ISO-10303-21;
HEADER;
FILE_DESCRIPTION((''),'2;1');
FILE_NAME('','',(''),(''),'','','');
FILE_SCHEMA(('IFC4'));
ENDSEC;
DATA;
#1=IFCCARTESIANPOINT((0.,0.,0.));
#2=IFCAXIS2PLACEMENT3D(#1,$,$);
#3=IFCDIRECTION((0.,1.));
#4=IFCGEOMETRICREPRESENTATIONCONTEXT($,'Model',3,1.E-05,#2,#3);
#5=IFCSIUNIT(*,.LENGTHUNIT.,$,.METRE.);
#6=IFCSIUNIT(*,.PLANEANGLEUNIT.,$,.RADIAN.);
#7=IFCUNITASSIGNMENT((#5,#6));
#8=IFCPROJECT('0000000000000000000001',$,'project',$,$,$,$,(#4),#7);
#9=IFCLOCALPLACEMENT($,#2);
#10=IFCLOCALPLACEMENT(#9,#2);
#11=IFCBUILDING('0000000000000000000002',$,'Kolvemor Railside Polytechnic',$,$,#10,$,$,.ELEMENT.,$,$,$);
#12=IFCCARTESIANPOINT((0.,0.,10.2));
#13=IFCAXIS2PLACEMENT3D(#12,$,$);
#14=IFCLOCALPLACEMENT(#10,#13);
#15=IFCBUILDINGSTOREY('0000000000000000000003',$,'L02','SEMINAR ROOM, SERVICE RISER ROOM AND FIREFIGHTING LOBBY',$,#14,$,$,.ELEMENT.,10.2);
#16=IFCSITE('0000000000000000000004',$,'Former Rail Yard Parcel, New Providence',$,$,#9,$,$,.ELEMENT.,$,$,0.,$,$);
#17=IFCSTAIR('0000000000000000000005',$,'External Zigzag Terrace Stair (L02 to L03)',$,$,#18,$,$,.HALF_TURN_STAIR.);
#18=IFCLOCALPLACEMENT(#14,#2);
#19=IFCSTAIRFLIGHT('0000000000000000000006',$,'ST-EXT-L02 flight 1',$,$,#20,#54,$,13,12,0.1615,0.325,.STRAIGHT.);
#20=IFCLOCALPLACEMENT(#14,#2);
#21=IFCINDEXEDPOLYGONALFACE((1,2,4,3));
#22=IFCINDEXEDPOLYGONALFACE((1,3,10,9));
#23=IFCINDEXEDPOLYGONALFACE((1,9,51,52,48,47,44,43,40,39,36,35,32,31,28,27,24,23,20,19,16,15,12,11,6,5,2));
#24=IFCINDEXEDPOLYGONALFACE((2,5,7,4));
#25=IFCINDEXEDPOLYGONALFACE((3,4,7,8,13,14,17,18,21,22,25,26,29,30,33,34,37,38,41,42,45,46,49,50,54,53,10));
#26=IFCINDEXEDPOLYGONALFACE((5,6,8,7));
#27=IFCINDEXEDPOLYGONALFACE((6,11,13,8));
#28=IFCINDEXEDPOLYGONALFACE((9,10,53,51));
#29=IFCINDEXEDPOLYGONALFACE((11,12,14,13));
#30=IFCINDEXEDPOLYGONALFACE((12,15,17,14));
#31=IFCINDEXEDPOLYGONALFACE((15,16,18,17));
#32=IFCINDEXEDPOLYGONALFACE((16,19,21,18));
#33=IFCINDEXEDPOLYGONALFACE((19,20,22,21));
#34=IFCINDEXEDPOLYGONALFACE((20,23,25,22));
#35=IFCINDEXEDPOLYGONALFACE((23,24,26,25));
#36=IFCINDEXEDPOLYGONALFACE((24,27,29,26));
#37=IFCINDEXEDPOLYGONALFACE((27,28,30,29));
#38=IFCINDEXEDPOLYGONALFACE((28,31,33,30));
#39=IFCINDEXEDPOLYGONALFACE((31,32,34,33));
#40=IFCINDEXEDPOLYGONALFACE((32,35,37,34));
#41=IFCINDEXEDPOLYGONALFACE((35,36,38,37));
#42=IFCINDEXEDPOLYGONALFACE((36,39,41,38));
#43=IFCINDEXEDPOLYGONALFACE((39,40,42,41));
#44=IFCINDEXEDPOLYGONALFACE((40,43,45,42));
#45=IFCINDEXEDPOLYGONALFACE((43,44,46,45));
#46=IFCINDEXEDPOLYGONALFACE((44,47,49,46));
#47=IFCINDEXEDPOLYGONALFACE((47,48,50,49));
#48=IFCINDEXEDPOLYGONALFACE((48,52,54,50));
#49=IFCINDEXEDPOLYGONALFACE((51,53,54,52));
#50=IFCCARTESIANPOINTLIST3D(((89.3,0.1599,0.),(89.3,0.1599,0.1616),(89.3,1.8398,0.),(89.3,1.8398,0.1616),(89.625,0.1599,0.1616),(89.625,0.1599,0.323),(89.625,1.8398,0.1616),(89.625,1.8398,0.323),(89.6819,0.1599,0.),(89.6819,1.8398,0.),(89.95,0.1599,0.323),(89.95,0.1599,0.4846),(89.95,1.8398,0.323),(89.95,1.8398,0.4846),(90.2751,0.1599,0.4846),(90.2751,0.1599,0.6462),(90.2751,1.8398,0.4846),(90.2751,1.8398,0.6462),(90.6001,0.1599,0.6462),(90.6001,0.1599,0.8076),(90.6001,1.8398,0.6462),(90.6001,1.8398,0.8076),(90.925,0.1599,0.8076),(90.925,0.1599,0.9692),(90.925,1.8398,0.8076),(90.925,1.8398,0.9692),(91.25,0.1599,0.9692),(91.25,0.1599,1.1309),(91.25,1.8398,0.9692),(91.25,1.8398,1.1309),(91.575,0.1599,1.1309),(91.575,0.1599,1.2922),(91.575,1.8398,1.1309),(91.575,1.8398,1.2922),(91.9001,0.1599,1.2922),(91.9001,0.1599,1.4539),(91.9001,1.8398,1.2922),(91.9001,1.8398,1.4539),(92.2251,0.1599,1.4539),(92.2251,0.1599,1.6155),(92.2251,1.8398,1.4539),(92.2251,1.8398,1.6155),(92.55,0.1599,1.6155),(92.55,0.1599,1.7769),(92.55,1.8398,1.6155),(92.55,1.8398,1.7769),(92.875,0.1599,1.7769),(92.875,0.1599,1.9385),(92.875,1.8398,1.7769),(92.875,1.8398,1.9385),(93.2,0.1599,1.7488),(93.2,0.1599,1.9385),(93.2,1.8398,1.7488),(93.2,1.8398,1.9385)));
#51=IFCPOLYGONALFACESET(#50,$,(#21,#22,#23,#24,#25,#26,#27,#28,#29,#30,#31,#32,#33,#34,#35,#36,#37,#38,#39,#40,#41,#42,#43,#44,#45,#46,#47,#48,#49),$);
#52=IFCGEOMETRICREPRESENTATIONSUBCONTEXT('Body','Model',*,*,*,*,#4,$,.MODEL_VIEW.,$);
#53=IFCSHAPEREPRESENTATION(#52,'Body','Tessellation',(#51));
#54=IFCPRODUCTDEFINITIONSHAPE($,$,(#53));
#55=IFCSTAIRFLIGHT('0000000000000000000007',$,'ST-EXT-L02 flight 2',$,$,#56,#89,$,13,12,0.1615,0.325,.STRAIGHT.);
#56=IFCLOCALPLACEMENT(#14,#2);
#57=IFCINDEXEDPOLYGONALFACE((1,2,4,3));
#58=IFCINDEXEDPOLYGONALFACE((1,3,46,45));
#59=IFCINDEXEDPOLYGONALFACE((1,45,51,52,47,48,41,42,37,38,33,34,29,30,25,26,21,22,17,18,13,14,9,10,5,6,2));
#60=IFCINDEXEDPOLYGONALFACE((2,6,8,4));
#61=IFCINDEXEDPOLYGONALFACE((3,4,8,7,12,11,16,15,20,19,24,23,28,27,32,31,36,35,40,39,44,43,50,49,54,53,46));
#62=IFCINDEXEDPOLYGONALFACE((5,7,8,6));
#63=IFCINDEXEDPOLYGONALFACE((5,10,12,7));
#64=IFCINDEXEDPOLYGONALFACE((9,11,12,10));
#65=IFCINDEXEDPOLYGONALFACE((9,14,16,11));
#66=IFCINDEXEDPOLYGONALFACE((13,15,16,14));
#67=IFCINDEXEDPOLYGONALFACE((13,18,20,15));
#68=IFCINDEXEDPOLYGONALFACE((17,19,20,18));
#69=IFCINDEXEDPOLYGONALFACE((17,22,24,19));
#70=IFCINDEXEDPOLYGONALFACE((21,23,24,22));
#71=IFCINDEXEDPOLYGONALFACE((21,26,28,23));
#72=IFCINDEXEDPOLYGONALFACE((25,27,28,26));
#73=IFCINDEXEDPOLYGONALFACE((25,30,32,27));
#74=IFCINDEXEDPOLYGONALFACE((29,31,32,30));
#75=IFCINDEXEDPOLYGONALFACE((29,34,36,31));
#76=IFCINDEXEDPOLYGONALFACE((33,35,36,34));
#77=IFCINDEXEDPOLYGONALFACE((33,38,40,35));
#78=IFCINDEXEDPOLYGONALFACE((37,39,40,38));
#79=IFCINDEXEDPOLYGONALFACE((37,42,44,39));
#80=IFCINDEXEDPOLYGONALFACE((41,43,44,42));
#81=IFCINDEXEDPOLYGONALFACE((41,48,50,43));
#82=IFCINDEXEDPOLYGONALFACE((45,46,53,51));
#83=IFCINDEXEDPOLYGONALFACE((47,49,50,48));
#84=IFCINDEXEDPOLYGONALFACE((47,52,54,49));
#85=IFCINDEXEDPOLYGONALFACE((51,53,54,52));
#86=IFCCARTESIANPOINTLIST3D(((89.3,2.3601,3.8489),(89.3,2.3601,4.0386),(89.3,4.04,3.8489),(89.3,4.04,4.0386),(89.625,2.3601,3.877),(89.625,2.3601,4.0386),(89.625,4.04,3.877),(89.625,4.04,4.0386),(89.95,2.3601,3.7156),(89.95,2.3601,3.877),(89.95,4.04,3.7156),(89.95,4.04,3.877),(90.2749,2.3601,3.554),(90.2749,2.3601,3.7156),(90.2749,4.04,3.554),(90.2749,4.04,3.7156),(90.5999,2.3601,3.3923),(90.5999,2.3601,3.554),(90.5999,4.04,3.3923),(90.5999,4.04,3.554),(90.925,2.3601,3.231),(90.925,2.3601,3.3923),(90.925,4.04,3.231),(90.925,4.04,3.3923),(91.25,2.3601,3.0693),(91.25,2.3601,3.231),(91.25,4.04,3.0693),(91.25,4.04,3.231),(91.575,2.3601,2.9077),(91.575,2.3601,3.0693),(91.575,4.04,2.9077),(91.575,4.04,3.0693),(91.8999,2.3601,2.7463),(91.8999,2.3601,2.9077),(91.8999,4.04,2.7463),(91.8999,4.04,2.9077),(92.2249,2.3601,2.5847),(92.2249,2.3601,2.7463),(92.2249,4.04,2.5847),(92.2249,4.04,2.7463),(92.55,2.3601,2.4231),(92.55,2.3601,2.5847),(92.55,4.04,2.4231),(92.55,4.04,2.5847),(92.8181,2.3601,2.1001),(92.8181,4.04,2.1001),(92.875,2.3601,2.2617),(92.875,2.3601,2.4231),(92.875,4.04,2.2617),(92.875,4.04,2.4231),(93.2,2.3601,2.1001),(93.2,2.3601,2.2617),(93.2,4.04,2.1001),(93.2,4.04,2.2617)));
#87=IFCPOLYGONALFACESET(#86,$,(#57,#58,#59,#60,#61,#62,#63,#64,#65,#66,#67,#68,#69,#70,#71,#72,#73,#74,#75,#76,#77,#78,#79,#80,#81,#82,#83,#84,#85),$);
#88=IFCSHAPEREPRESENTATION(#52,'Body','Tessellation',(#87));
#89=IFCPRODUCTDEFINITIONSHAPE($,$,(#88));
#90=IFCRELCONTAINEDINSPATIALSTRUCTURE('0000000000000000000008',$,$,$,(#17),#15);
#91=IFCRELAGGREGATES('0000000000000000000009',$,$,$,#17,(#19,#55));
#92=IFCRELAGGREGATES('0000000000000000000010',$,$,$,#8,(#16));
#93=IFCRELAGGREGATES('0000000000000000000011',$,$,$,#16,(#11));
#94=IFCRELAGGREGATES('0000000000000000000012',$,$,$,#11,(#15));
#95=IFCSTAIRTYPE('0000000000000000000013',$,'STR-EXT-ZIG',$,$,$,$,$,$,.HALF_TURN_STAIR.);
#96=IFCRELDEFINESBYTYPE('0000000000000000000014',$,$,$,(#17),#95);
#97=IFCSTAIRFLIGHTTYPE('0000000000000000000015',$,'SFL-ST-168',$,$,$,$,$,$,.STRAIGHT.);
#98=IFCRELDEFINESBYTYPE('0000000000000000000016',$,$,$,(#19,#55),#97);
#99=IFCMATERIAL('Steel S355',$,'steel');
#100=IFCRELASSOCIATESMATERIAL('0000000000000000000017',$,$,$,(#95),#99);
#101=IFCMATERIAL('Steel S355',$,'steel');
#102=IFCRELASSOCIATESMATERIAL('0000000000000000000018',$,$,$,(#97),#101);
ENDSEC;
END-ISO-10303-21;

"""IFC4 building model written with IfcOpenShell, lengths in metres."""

from ifc_helpers import new_model, si_unit, direction, frame, origin, place, context, subcontext, project, spatial, polyline, outline, extrude, material, type_object, element, aggregate, save


model = new_model("IFC4")

# Units and contexts
model_context = context("Model", 3, precision=1e-05, world=origin(), true_north=direction((0.0, 1.0)))
body_context = subcontext(model_context, "Body", "Model", "MODEL_VIEW")
ifc_project = project(units=[si_unit("LENGTHUNIT", "METRE"), si_unit("PLANEANGLEUNIT", "RADIAN")], contexts=[model_context])

# Site, building, storey
site_placement = place(None, origin())
site = spatial("IfcSite", under=ifc_project, at=site_placement, Name="Former Rail Yard Parcel, New Providence", CompositionType="ELEMENT", RefElevation=0.0)
building_placement = place(site_placement, origin())
building = spatial("IfcBuilding", under=site, at=building_placement, Name="Kolvemor Railside Polytechnic", CompositionType="ELEMENT")
storey_placement = place(building_placement, frame((0.0, 0.0, 10.2)))
storey = spatial("IfcBuildingStorey", under=building, at=storey_placement, Name="L02", Description="SEMINAR ROOM, SERVICE RISER ROOM AND FIREFIGHTING LOBBY", CompositionType="ELEMENT", Elevation=10.2)

# Stair, stair flights
ifc_material_1 = material(Name="Steel S355", Category="steel")
stair_type = type_object("IfcStairType", Name="STR-EXT-ZIG", PredefinedType="HALF_TURN_STAIR", material=ifc_material_1)
stair_placement = place(storey_placement, origin())
stair = element("IfcStair", 1, at=stair_placement, inside=storey, type_object=stair_type, Name="External Zigzag Terrace Stair (L02 to L03)", PredefinedType="HALF_TURN_STAIR")
ifc_material_2 = material(Name="Steel S355", Category="steel")
stair_flight_type = type_object("IfcStairFlightType", Name="SFL-ST-168", PredefinedType="STRAIGHT", material=ifc_material_2)
stair_flight_1_placement = place(storey_placement, frame((89.3, 1.0, 0.0), z_axis=(0.0, 0.0, 1.0), x_axis=(1.0, 0.0, 0.0)))
stair_flight_1 = element("IfcStairFlight", 2, at=stair_flight_1_placement, type_object=stair_flight_type, Name="ST-EXT-L02 flight 1", NumberOfRisers=13, NumberOfTreads=12, PredefinedType="STRAIGHT", RiserHeight=0.1615, TreadLength=0.325, context=body_context, shape_type="SweptSolid", body=[
    extrude(outline(polyline([(0.0, 0.0), (0.0, 0.1616), (0.325, 0.1616), (0.325, 0.323), (0.6499, 0.323), (0.6499, 0.4846), (0.9751, 0.4846), (0.9751, 0.6462), (1.3, 0.6462), (1.3, 0.8076), (1.625, 0.8076), (1.625, 0.9692), (1.95, 0.9692), (1.95, 1.1309), (2.2749, 1.1309), (2.2749, 1.2922), (2.6001, 1.2922), (2.6001, 1.4539), (2.925, 1.4539), (2.925, 1.6155), (3.25, 1.6155), (3.25, 1.7769), (3.575, 1.7769), (3.575, 1.9385), (3.8999, 1.9385), (3.8999, 2.1001), (3.8999, 1.7488), (0.3818, 0.0), (0.0, 0.0)])), frame((0.0, 0.8398, 0.0), z_axis=(0.0, -1.0, 0.0), x_axis=(1.0, 0.0, 0.0)), (0.0, 0.0, 1.0), 1.6799),
])
stair_flight_2_placement = place(storey_placement, frame((93.2, 3.2, 2.1001), z_axis=(0.0, 0.0, 1.0), x_axis=(-1.0, 0.0, 0.0)))
stair_flight_2 = element("IfcStairFlight", 3, at=stair_flight_2_placement, type_object=stair_flight_type, Name="ST-EXT-L02 flight 2", NumberOfRisers=13, NumberOfTreads=12, PredefinedType="STRAIGHT", RiserHeight=0.1615, TreadLength=0.325, context=body_context, shape_type="SweptSolid", body=[
    extrude(outline(polyline([(0.0, 0.0), (0.0, 0.1616), (0.325, 0.1616), (0.325, 0.323), (0.6499, 0.323), (0.6499, 0.4846), (0.9751, 0.4846), (0.9751, 0.6462), (1.3, 0.6462), (1.3, 0.8076), (1.625, 0.8076), (1.625, 0.9692), (1.95, 0.9692), (1.95, 1.1309), (2.2749, 1.1309), (2.2749, 1.2922), (2.6001, 1.2922), (2.6001, 1.4539), (2.925, 1.4539), (2.925, 1.6155), (3.25, 1.6155), (3.25, 1.7769), (3.575, 1.7769), (3.575, 1.9385), (3.8999, 1.9385), (3.8999, 2.1001), (3.8999, 1.7488), (0.3818, 0.0), (0.0, 0.0)])), frame((0.0, 0.8398, 0.0), z_axis=(0.0, -1.0, 0.0), x_axis=(1.0, 0.0, 0.0)), (0.0, 0.0, 1.0), 1.6799),
])
aggregate(stair, [stair_flight_1, stair_flight_2])

save(model, "model.ifc")
